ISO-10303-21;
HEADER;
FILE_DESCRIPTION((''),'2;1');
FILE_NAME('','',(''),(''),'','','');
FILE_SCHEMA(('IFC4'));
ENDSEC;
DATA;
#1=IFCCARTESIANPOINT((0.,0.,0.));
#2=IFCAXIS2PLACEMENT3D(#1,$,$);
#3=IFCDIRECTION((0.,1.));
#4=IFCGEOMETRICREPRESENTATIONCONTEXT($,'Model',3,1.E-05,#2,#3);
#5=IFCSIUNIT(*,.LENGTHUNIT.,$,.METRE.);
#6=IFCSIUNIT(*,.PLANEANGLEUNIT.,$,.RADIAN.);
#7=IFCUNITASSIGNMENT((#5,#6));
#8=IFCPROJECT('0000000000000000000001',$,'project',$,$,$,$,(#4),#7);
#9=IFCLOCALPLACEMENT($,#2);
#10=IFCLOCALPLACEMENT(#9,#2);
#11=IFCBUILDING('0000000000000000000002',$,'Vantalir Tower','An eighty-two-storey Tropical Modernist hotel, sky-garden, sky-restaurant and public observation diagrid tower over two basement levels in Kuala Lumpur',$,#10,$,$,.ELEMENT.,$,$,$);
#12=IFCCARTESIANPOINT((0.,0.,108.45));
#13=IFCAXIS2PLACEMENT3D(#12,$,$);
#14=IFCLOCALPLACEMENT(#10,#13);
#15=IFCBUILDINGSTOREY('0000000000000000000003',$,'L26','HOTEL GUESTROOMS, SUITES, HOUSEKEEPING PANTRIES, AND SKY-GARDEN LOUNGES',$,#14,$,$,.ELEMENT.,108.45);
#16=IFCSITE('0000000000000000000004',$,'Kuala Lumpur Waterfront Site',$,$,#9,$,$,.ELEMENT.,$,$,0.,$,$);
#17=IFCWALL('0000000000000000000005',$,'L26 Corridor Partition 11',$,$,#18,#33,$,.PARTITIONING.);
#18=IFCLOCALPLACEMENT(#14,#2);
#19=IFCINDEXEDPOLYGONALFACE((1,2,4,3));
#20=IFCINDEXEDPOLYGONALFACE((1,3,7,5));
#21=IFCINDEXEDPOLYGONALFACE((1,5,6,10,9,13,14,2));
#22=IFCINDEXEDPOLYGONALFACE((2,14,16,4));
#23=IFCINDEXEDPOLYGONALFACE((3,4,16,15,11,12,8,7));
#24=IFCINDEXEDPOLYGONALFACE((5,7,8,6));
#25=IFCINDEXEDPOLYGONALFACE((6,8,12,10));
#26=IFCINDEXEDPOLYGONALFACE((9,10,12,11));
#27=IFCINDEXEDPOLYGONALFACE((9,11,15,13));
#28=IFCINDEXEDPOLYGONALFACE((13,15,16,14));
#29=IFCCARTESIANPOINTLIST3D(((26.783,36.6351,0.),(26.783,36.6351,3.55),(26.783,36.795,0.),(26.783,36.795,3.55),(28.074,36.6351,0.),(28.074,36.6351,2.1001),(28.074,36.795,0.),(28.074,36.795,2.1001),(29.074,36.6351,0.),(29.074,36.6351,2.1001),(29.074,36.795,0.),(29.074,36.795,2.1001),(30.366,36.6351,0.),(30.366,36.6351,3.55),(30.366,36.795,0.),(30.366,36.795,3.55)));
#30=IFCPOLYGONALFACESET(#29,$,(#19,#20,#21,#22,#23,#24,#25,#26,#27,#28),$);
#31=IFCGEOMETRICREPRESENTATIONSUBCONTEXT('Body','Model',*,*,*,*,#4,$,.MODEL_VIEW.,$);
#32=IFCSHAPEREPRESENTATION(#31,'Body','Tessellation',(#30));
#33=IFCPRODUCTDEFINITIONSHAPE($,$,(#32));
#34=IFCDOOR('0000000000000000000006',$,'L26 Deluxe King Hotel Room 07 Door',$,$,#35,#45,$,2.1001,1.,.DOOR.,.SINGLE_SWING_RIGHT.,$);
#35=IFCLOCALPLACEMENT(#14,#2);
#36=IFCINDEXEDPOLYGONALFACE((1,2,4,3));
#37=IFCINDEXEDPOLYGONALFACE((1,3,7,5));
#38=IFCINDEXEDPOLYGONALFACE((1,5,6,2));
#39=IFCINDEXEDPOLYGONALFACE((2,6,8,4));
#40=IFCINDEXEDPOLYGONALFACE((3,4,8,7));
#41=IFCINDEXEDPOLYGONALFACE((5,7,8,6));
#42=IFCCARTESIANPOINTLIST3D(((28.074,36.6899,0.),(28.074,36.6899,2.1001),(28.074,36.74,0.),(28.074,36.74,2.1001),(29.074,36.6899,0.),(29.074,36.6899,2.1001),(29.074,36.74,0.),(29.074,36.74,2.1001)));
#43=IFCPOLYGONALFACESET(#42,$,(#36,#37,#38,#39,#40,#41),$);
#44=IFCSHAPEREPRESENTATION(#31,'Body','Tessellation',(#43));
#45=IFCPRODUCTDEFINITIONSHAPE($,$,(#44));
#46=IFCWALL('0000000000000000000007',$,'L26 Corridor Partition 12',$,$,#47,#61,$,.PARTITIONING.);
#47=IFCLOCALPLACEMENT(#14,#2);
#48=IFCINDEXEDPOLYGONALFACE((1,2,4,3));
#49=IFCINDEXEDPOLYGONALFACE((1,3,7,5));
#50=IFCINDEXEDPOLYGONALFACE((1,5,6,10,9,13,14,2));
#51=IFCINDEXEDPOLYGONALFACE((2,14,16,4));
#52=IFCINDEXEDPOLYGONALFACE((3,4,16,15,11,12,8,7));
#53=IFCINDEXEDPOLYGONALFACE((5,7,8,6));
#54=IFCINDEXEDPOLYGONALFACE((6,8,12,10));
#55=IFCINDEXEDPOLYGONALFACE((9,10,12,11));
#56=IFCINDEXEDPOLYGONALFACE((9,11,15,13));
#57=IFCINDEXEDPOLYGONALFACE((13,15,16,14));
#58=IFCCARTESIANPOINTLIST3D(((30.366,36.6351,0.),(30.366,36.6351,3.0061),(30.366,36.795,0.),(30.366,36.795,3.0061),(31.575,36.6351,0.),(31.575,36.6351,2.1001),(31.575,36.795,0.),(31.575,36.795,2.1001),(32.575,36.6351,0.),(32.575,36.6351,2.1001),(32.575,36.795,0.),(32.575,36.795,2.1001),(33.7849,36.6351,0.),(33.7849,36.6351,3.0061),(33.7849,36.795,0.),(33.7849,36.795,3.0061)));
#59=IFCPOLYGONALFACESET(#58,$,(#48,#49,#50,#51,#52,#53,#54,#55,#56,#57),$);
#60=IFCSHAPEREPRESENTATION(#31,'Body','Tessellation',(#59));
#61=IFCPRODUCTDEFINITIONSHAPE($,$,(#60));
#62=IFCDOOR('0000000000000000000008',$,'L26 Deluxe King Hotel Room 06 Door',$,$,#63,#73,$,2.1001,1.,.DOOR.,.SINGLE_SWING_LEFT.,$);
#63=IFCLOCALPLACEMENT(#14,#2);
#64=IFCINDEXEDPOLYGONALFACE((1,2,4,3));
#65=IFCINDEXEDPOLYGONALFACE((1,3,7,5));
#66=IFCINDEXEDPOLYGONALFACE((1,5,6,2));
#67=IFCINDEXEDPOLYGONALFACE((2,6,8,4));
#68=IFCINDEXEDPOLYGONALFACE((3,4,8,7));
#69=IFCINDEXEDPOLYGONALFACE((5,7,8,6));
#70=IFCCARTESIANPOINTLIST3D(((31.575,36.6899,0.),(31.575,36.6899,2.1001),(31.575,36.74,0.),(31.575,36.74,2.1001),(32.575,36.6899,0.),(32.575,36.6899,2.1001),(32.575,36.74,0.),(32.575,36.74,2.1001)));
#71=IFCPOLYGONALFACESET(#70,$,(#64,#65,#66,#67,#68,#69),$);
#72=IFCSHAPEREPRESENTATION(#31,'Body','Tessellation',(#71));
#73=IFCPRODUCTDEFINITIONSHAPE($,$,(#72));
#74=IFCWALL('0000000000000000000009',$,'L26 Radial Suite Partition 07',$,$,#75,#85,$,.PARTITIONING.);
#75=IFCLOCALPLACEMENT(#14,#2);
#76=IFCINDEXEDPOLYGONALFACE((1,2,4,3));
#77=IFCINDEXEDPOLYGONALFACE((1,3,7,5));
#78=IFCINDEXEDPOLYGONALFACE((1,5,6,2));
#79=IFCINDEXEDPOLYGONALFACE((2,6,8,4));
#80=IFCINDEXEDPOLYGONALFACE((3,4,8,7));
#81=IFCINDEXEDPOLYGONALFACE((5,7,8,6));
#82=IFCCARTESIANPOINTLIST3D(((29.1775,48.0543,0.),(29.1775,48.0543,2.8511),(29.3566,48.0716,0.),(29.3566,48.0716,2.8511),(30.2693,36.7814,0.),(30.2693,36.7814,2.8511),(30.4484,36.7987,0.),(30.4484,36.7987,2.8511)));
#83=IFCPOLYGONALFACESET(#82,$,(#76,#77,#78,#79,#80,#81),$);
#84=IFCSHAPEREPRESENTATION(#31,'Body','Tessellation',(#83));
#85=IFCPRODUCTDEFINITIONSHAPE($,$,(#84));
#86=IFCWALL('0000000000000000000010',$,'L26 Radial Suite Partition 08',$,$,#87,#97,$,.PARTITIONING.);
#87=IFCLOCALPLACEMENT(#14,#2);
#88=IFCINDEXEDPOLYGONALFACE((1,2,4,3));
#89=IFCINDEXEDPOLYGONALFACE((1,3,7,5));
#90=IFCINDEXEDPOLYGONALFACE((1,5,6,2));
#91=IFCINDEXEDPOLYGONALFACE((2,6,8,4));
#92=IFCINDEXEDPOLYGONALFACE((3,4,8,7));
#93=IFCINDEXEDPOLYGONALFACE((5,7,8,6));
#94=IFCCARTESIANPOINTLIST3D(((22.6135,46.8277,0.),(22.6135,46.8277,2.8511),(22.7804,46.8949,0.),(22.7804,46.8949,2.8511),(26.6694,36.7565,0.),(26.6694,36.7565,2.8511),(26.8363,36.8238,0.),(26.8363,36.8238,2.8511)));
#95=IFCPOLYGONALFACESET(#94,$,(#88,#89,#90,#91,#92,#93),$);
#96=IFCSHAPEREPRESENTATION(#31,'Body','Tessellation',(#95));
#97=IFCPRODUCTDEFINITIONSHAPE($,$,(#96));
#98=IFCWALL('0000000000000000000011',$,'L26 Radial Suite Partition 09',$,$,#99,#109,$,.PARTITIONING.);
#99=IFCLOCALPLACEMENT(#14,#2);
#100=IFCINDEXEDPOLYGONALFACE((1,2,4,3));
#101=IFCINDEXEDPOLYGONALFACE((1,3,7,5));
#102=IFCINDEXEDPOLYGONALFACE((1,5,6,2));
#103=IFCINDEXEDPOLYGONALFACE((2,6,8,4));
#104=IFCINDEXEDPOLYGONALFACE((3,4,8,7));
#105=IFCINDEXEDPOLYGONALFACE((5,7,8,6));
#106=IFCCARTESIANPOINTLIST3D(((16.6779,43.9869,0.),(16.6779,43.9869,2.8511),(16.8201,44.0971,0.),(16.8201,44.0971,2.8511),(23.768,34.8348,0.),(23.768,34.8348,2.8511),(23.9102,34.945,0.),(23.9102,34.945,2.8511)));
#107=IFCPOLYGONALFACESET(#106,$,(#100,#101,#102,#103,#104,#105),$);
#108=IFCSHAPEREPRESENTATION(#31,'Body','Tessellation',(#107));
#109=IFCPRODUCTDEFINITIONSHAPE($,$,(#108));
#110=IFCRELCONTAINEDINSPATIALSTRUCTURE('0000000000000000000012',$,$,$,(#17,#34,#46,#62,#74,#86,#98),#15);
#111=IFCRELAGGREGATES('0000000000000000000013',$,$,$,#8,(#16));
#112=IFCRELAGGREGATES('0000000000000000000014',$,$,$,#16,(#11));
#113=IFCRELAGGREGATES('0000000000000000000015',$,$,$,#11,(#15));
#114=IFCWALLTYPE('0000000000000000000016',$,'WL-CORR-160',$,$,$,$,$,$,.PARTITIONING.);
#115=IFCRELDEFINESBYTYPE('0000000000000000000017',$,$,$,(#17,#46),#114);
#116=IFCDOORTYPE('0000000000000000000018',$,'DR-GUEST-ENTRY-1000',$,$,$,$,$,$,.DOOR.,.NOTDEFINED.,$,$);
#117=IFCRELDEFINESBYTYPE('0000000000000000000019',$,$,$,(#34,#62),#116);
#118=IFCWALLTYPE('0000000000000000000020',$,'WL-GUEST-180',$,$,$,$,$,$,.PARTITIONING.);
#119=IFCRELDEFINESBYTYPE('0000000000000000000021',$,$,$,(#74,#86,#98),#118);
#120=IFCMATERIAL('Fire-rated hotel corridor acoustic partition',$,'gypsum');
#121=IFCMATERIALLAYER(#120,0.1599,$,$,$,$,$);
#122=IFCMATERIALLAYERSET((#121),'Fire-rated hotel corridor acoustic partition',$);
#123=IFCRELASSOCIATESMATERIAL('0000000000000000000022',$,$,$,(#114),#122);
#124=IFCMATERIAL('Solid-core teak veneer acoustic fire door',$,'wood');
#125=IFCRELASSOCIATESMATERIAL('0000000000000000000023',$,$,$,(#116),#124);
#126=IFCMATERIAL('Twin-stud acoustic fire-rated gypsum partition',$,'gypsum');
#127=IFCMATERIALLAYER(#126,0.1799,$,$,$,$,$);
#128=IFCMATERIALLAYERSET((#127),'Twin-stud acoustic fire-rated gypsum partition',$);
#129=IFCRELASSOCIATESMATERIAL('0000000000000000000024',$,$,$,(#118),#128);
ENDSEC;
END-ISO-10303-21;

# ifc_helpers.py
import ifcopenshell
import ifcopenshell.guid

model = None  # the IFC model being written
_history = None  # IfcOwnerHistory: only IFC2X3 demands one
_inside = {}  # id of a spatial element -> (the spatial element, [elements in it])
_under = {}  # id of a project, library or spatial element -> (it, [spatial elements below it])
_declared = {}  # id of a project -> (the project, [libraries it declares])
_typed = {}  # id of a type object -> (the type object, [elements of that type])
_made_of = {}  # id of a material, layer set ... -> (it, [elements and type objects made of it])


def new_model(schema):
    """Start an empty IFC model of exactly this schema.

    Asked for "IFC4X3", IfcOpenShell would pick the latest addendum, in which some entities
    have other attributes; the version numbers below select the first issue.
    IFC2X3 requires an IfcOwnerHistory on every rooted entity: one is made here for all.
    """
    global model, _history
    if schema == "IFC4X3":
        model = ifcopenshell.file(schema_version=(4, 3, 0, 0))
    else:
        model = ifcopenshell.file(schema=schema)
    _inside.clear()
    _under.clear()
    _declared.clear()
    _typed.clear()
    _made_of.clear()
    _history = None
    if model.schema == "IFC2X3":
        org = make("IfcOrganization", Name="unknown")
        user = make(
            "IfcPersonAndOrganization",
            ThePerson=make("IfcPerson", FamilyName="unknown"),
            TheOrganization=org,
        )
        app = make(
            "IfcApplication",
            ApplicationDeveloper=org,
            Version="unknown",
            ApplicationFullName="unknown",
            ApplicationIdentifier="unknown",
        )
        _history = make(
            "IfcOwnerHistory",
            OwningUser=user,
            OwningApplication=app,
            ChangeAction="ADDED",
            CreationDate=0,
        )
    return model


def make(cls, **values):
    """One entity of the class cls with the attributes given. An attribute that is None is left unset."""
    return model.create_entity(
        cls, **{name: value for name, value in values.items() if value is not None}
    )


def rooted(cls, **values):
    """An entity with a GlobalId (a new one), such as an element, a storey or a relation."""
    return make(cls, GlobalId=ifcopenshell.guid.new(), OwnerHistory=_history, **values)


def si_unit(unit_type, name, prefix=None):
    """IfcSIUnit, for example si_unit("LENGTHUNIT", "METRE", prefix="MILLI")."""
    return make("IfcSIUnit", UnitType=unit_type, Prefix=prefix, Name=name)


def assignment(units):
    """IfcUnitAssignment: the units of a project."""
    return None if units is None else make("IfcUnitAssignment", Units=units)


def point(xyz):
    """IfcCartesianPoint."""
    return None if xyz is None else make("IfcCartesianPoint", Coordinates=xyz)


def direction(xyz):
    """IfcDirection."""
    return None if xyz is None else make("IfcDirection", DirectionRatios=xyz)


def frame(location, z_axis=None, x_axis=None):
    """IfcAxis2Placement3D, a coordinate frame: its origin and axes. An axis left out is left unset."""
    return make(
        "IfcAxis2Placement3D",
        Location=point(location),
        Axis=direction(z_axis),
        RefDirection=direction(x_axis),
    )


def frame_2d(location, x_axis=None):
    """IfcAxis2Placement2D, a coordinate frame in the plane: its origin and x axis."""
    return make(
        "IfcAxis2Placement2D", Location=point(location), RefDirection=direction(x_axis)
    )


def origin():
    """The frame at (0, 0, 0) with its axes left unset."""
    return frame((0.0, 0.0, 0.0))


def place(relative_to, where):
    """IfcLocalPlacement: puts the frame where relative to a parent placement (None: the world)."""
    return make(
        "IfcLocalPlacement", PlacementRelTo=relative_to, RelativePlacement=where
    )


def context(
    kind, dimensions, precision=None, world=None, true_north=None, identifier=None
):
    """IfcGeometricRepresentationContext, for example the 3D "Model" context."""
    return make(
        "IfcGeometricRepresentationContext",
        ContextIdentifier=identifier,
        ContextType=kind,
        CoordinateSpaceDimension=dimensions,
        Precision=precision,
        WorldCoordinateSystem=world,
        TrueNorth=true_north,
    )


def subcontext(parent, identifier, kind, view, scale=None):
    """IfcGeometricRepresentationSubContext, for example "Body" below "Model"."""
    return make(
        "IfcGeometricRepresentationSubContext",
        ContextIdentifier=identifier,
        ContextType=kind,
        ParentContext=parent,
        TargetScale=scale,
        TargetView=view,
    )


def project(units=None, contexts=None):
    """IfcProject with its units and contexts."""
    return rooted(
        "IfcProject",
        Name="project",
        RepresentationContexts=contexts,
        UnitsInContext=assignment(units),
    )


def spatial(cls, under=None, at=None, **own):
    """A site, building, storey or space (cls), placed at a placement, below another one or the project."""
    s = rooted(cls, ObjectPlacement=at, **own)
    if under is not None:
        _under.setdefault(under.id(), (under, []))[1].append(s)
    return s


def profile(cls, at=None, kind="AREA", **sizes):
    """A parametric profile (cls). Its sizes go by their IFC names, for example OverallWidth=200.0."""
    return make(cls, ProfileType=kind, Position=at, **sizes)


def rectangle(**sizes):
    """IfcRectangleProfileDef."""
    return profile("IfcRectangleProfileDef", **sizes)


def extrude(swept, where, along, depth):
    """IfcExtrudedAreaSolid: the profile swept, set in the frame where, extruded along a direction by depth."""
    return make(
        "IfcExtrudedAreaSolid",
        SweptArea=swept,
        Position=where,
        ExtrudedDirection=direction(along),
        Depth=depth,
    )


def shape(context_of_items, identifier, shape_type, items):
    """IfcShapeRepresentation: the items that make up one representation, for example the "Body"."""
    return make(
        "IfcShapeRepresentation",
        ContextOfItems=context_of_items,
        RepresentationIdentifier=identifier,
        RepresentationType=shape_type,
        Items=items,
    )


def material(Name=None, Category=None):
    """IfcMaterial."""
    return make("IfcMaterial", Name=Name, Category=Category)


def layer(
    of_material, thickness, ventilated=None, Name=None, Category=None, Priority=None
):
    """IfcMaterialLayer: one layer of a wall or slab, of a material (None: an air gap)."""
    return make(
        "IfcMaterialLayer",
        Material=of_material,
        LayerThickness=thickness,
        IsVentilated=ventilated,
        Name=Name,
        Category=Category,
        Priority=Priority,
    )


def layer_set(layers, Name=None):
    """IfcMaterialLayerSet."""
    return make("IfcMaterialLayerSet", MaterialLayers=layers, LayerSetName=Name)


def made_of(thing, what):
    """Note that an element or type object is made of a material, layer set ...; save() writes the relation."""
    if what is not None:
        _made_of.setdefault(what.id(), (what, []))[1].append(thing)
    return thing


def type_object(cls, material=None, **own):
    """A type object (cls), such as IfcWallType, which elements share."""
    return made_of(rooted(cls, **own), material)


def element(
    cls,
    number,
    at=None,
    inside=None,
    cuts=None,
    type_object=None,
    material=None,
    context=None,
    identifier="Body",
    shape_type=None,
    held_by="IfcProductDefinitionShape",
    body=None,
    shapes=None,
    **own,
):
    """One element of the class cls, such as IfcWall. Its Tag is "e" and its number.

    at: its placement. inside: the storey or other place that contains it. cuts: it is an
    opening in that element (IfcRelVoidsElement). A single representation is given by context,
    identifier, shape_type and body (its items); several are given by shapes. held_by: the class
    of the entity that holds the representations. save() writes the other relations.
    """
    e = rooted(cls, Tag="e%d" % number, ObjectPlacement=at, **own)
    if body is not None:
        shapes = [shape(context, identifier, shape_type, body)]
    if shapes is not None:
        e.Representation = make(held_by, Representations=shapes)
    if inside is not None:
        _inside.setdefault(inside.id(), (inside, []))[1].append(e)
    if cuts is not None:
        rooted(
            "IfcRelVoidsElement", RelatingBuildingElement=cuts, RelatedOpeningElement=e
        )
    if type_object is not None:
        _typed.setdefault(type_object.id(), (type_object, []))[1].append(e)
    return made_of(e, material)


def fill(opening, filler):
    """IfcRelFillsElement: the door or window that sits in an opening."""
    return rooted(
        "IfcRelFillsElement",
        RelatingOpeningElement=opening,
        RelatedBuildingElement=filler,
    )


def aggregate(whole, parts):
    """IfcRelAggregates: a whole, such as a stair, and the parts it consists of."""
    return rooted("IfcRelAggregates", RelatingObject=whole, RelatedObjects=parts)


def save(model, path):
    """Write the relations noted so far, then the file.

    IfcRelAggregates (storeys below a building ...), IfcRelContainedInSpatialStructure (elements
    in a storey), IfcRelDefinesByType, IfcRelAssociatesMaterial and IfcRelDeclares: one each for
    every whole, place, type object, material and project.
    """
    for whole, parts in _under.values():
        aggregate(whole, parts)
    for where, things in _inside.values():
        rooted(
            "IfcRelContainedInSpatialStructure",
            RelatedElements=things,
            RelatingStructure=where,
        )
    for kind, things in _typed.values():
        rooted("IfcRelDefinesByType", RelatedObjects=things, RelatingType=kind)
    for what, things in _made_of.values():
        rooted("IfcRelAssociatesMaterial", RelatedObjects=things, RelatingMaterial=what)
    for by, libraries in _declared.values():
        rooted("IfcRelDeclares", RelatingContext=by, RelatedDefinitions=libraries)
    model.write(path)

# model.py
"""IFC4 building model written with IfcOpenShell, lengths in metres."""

from ifc_helpers import new_model, si_unit, direction, frame, frame_2d, origin, place, context, subcontext, project, spatial, rectangle, extrude, material, layer, layer_set, type_object, element, fill, save


model = new_model("IFC4")

# Units and contexts
model_context = context("Model", 3, precision=1e-05, world=origin(), true_north=direction((0.0, 1.0)))
body_context = subcontext(model_context, "Body", "Model", "MODEL_VIEW")
ifc_project = project(units=[si_unit("LENGTHUNIT", "METRE"), si_unit("PLANEANGLEUNIT", "RADIAN")], contexts=[model_context])

# Site, building, storey
site_placement = place(None, origin())
site = spatial("IfcSite", under=ifc_project, at=site_placement, Name="Kuala Lumpur Waterfront Site", CompositionType="ELEMENT", RefElevation=0.0)
building_placement = place(site_placement, origin())
building = spatial("IfcBuilding", under=site, at=building_placement, Name="Vantalir Tower", Description="An eighty-two-storey Tropical Modernist hotel, sky-garden, sky-restaurant and public observation diagrid tower over two basement levels in Kuala Lumpur", CompositionType="ELEMENT")
storey_placement = place(building_placement, frame((0.0, 0.0, 108.45)))
storey = spatial("IfcBuildingStorey", under=building, at=storey_placement, Name="L26", Description="HOTEL GUESTROOMS, SUITES, HOUSEKEEPING PANTRIES, AND SKY-GARDEN LOUNGES", CompositionType="ELEMENT", Elevation=108.45)

# Shared definitions
ifc_material_1 = material(Name="Fire-rated hotel corridor acoustic partition", Category="gypsum")
ifc_layer_1 = layer(ifc_material_1, 0.1599)
ifc_layer_set_1 = layer_set([ifc_layer_1], Name="Fire-rated hotel corridor acoustic partition")
wall_type_1 = type_object("IfcWallType", Name="WL-CORR-160", PredefinedType="PARTITIONING", material=ifc_layer_set_1)

# Shared definitions
ifc_material_2 = material(Name="Solid-core teak veneer acoustic fire door", Category="wood")
door_type_1 = type_object("IfcDoorType", Name="DR-GUEST-ENTRY-1000", OperationType="NOTDEFINED", PredefinedType="DOOR", material=ifc_material_2)

# Walls, openings, doors
wall_1_placement = place(storey_placement, frame((26.783, 36.7151, 0.0), z_axis=(0.0, 0.0, 1.0), x_axis=(1.0, 0.0, 0.0)))
wall_1 = element("IfcWall", 1, at=wall_1_placement, inside=storey, type_object=wall_type_1, Name="L26 Corridor Partition 11", PredefinedType="PARTITIONING", context=body_context, shape_type="SweptSolid", body=[
    extrude(rectangle(XDim=3.583, YDim=0.1599, at=frame_2d((1.7915, 0.0))), origin(), (0.0, 0.0, 1.0), 3.55),
])
opening_1_placement = place(wall_1_placement, frame((1.291, 0.0, 0.0)))
opening_1 = element("IfcOpeningElement", 2, at=opening_1_placement, cuts=wall_1, PredefinedType="OPENING", context=body_context, shape_type="SweptSolid", body=[
    extrude(rectangle(XDim=1.0, YDim=2.1001, at=frame_2d((0.5, 1.05))), frame((0.0, 0.0898, 0.0), z_axis=(0.0, -1.0, 0.0), x_axis=(1.0, 0.0, 0.0)), (0.0, 0.0, 1.0), 0.1799),
])
door_1_placement = place(opening_1_placement, origin())
door_1 = element("IfcDoor", 3, at=door_1_placement, inside=storey, type_object=door_type_1, Name="L26 Deluxe King Hotel Room 07 Door", OperationType="SINGLE_SWING_RIGHT", OverallHeight=2.1001, OverallWidth=1.0, PredefinedType="DOOR", context=body_context, shape_type="SweptSolid", body=[
    extrude(rectangle(XDim=1.0, YDim=2.1001, at=frame_2d((0.5, 1.05))), frame((0.0, 0.0249, 0.0), z_axis=(0.0, -1.0, 0.0), x_axis=(1.0, 0.0, 0.0)), (0.0, 0.0, 1.0), 0.05),
])
fill(opening_1, door_1)
wall_2_placement = place(storey_placement, frame((30.366, 36.7151, 0.0), z_axis=(0.0, 0.0, 1.0), x_axis=(1.0, 0.0, 0.0)))
wall_2 = element("IfcWall", 4, at=wall_2_placement, inside=storey, type_object=wall_type_1, Name="L26 Corridor Partition 12", PredefinedType="PARTITIONING", context=body_context, shape_type="SweptSolid", body=[
    extrude(rectangle(XDim=3.4189, YDim=0.1599, at=frame_2d((1.7095, 0.0))), origin(), (0.0, 0.0, 1.0), 3.0061),
])
opening_2_placement = place(wall_2_placement, frame((1.209, 0.0, 0.0)))
opening_2 = element("IfcOpeningElement", 5, at=opening_2_placement, cuts=wall_2, PredefinedType="OPENING", context=body_context, shape_type="SweptSolid", body=[
    extrude(rectangle(XDim=1.0, YDim=2.1001, at=frame_2d((0.5, 1.05))), frame((0.0, 0.0898, 0.0), z_axis=(0.0, -1.0, 0.0), x_axis=(1.0, 0.0, 0.0)), (0.0, 0.0, 1.0), 0.1799),
])
door_2_placement = place(opening_2_placement, origin())
door_2 = element("IfcDoor", 6, at=door_2_placement, inside=storey, type_object=door_type_1, Name="L26 Deluxe King Hotel Room 06 Door", OperationType="SINGLE_SWING_LEFT", OverallHeight=2.1001, OverallWidth=1.0, PredefinedType="DOOR", context=body_context, shape_type="SweptSolid", body=[
    extrude(rectangle(XDim=1.0, YDim=2.1001, at=frame_2d((0.5, 1.05))), frame((0.0, 0.0249, 0.0), z_axis=(0.0, -1.0, 0.0), x_axis=(1.0, 0.0, 0.0)), (0.0, 0.0, 1.0), 0.05),
])
fill(opening_2, door_2)

# Walls
ifc_material_3 = material(Name="Twin-stud acoustic fire-rated gypsum partition", Category="gypsum")
ifc_layer_2 = layer(ifc_material_3, 0.1799)
ifc_layer_set_2 = layer_set([ifc_layer_2], Name="Twin-stud acoustic fire-rated gypsum partition")
wall_type_2 = type_object("IfcWallType", Name="WL-GUEST-180", PredefinedType="PARTITIONING", material=ifc_layer_set_2)
wall_3_placement = place(storey_placement, frame((30.3589, 36.79, 0.0), z_axis=(0.0, 0.0, 1.0), x_axis=(-0.0964, 0.995343, 0.0)))
element("IfcWall", 7, at=wall_3_placement, inside=storey, type_object=wall_type_2, Name="L26 Radial Suite Partition 07", PredefinedType="PARTITIONING", context=body_context, shape_type="SweptSolid", body=[
    extrude(rectangle(XDim=11.3257, YDim=0.1799, at=frame_2d((5.6628, 0.0))), origin(), (0.0, 0.0, 1.0), 2.8511),
])
wall_4_placement = place(storey_placement, frame((26.7529, 36.79, 0.0), z_axis=(0.0, 0.0, 1.0), x_axis=(-0.373572, 0.927601, 0.0)))
element("IfcWall", 8, at=wall_4_placement, inside=storey, type_object=wall_type_2, Name="L26 Radial Suite Partition 08", PredefinedType="PARTITIONING", context=body_context, shape_type="SweptSolid", body=[
    extrude(rectangle(XDim=10.8572, YDim=0.1799, at=frame_2d((5.4287, 0.0))), origin(), (0.0, 0.0, 1.0), 2.8511),
])
wall_5_placement = place(storey_placement, frame((23.8391, 34.8899, 0.0), z_axis=(0.0, 0.0, 1.0), x_axis=(-0.612421, 0.790532, 0.0)))
element("IfcWall", 9, at=wall_5_placement, inside=storey, type_object=wall_type_2, Name="L26 Radial Suite Partition 09", PredefinedType="PARTITIONING", context=body_context, shape_type="SweptSolid", body=[
    extrude(rectangle(XDim=11.5771, YDim=0.1799, at=frame_2d((5.7886, 0.0))), origin(), (0.0, 0.0, 1.0), 2.8511),
])

save(model, "model.ifc")
